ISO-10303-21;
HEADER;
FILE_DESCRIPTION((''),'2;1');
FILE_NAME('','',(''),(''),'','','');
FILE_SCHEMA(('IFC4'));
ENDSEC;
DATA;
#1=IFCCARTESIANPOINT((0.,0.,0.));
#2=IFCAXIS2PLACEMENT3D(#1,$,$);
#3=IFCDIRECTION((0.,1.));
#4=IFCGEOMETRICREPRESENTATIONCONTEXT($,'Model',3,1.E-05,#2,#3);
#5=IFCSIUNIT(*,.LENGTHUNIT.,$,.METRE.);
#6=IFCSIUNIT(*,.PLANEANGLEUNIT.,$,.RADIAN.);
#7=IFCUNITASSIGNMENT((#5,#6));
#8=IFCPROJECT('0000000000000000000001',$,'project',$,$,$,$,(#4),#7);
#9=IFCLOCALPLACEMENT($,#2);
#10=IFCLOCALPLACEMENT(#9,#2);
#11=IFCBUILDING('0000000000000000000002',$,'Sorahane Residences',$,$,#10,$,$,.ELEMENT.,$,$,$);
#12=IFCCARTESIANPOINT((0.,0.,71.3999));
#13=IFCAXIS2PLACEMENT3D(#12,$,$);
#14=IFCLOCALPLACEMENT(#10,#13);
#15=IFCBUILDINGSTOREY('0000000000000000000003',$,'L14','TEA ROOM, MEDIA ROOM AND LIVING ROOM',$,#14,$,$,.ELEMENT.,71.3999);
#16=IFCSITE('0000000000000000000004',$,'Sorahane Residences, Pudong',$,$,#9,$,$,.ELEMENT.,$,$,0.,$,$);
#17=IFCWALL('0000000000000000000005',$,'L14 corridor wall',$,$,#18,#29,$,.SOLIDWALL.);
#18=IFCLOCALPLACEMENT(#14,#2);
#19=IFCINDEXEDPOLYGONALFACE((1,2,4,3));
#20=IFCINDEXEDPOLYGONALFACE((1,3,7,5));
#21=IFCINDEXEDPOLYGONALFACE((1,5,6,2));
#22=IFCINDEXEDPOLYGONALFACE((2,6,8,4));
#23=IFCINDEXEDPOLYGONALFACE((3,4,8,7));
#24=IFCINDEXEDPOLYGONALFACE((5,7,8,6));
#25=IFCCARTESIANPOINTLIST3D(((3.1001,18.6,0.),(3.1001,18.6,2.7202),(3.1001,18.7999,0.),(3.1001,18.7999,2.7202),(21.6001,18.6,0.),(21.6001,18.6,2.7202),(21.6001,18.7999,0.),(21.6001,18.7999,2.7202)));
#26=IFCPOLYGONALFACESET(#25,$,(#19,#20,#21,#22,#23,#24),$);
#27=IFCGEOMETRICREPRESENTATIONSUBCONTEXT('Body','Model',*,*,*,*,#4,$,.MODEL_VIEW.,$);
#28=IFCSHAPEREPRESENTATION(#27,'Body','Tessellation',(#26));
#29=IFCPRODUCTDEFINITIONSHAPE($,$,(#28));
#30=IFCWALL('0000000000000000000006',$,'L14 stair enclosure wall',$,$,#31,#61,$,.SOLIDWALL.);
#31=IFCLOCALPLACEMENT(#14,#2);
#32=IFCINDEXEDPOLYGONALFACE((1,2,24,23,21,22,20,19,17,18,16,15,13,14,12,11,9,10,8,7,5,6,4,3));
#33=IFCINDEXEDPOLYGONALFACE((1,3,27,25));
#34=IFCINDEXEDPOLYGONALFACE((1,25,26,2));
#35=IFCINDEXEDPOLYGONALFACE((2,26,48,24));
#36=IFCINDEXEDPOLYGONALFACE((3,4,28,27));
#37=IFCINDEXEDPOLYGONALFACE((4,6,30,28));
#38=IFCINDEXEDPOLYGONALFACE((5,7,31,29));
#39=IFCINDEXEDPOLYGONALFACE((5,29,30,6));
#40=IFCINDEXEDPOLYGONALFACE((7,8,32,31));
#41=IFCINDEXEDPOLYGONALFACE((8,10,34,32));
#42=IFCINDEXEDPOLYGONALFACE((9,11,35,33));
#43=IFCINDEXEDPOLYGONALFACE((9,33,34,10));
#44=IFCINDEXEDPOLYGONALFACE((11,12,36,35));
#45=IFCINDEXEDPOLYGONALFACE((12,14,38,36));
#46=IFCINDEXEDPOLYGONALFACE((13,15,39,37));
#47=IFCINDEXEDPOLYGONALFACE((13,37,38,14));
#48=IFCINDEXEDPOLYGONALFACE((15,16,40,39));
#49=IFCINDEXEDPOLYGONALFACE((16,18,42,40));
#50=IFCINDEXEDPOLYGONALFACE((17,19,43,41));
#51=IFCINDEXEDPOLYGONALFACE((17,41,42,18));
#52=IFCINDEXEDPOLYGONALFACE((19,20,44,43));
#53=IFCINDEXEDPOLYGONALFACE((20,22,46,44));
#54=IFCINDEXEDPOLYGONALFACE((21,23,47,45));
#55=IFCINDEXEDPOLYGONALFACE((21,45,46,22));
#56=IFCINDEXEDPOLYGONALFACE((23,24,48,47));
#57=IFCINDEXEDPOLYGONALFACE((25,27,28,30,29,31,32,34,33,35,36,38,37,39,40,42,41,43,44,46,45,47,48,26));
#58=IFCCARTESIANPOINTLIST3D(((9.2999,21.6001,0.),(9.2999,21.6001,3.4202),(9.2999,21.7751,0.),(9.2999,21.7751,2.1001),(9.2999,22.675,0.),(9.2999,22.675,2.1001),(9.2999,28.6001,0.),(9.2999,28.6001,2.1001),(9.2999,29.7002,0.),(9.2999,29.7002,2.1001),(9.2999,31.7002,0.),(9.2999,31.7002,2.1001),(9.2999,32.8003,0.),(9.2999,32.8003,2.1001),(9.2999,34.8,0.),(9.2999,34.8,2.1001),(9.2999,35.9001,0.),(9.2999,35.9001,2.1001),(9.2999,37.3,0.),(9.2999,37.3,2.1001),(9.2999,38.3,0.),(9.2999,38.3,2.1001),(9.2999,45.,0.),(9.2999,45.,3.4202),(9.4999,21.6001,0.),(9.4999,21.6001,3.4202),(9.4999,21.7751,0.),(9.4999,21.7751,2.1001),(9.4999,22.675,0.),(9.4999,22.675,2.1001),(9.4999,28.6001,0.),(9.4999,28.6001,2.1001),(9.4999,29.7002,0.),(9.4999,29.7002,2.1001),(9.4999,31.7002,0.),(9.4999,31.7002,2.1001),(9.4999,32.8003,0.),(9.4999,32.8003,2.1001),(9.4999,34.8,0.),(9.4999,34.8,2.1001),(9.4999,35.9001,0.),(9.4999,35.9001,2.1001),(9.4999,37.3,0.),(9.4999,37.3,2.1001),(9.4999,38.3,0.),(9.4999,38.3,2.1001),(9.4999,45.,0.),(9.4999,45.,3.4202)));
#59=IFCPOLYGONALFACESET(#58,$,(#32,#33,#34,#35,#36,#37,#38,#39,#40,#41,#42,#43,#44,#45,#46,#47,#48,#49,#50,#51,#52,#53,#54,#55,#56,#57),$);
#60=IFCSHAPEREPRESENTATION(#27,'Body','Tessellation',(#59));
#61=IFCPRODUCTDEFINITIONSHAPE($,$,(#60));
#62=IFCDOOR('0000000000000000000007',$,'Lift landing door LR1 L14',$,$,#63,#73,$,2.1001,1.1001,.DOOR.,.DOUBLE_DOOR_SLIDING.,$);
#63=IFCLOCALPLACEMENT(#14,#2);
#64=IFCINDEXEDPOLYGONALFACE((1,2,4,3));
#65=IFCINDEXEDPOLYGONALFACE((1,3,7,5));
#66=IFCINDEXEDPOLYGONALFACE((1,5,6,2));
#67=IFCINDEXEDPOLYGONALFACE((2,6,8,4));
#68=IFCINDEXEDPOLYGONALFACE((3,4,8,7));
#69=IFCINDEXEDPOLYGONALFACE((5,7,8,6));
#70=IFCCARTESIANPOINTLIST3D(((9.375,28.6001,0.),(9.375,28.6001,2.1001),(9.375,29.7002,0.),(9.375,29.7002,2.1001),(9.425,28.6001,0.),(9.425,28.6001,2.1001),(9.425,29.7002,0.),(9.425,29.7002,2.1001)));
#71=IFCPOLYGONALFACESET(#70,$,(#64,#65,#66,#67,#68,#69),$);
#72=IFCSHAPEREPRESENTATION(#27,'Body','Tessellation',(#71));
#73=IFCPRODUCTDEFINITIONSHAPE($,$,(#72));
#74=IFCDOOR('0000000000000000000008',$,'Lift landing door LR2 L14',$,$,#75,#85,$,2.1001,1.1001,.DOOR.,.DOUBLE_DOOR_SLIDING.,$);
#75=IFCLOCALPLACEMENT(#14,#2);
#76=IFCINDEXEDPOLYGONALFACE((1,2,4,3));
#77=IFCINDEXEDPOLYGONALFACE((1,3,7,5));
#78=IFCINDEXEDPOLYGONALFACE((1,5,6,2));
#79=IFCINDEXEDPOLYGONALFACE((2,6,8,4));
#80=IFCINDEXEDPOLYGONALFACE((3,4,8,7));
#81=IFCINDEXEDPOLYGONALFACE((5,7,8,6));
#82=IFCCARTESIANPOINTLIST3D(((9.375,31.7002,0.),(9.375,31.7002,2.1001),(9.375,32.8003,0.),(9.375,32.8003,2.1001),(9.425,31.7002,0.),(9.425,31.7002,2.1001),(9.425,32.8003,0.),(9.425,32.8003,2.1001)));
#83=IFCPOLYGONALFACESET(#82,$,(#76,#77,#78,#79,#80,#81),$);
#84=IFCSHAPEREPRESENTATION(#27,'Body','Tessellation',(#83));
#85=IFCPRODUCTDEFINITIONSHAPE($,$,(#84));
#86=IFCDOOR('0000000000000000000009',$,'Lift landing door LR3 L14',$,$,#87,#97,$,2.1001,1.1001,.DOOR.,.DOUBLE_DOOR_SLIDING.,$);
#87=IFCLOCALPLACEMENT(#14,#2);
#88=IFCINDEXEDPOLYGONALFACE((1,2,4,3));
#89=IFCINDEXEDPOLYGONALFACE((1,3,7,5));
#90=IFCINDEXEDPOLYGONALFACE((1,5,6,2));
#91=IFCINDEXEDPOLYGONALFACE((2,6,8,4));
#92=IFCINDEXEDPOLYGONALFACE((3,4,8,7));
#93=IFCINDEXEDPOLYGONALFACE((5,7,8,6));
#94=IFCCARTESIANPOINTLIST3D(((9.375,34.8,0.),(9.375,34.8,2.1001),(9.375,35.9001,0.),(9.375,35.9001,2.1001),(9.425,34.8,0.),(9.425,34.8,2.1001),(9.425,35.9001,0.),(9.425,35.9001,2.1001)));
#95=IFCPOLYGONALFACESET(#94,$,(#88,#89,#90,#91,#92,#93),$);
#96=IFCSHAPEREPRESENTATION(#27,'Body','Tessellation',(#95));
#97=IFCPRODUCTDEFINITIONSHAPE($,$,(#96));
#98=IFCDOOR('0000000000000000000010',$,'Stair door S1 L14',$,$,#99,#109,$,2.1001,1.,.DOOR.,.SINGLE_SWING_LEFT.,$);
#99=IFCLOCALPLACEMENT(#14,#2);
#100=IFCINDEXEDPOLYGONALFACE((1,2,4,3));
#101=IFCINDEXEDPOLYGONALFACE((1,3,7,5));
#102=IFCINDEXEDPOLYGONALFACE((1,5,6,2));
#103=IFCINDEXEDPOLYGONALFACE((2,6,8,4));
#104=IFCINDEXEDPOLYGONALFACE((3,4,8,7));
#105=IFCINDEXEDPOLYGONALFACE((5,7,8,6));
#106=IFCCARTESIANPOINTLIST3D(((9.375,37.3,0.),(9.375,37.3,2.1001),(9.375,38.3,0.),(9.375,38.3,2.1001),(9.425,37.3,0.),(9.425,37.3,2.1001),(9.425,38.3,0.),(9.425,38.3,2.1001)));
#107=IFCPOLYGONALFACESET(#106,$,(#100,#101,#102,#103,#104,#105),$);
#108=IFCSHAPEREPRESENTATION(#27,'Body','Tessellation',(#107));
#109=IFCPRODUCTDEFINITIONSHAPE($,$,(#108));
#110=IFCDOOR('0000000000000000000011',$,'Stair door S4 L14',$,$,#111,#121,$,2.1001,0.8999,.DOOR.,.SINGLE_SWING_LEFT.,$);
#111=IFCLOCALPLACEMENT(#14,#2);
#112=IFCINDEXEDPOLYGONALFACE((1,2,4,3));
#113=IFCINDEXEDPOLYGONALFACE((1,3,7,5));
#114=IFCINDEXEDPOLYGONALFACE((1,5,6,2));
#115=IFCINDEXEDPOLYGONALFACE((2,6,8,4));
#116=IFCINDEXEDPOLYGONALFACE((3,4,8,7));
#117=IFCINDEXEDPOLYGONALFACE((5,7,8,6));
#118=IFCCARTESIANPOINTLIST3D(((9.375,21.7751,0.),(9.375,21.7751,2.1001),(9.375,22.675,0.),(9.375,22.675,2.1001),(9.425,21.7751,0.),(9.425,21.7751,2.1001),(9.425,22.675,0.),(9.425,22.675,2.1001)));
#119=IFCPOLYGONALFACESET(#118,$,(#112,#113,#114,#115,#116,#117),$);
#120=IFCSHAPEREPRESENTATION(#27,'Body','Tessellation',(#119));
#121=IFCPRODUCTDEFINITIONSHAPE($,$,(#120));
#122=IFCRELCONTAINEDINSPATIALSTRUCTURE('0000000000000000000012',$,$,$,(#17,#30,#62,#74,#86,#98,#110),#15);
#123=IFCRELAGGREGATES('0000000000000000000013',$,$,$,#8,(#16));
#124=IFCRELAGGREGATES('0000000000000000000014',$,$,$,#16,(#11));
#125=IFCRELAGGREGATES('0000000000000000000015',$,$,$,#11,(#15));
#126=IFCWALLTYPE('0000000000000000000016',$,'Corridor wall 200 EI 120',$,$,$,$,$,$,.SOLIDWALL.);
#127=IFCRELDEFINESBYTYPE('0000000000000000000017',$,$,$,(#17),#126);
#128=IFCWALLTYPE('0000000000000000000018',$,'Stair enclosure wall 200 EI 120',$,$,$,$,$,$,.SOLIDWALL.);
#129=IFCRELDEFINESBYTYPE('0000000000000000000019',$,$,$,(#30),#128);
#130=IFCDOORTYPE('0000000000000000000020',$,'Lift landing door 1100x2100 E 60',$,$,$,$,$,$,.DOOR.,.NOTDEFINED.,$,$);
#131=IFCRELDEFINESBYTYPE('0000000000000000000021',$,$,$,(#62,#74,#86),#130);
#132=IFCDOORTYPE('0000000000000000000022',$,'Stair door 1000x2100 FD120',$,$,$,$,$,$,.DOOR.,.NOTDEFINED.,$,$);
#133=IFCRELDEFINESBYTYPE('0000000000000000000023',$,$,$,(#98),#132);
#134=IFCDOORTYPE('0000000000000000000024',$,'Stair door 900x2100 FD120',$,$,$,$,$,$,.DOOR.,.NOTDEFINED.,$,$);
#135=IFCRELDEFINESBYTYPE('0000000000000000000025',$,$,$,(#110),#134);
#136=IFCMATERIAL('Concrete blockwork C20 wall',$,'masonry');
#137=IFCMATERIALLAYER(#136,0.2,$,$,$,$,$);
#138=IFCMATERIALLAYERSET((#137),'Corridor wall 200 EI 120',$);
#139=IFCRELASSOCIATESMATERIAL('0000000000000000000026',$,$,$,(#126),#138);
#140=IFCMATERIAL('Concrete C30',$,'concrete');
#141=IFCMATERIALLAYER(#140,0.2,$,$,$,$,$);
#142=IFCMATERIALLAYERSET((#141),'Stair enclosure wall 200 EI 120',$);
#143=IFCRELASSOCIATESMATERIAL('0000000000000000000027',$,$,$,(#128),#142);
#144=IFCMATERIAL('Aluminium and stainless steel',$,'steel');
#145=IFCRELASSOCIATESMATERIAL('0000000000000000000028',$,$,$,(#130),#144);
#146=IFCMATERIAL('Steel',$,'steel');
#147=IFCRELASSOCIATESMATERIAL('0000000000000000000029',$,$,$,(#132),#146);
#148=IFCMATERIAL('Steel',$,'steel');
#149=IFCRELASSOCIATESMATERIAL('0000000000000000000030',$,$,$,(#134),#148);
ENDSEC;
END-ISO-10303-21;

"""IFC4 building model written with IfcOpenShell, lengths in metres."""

from ifc_helpers import new_model, si_unit, direction, frame, frame_2d, origin, place, context, subcontext, project, spatial, rectangle, extrude, material, layer, layer_set, type_object, element, fill, save


model = new_model("IFC4")

# Units and contexts
model_context = context("Model", 3, precision=1e-05, world=origin(), true_north=direction((0.0, 1.0)))
body_context = subcontext(model_context, "Body", "Model", "MODEL_VIEW")
ifc_project = project(units=[si_unit("LENGTHUNIT", "METRE"), si_unit("PLANEANGLEUNIT", "RADIAN")], contexts=[model_context])

# Site, building, storey
site_placement = place(None, origin())
site = spatial("IfcSite", under=ifc_project, at=site_placement, Name="Sorahane Residences, Pudong", CompositionType="ELEMENT", RefElevation=0.0)
building_placement = place(site_placement, origin())
building = spatial("IfcBuilding", under=site, at=building_placement, Name="Sorahane Residences", CompositionType="ELEMENT")
storey_placement = place(building_placement, frame((0.0, 0.0, 71.3999)))
storey = spatial("IfcBuildingStorey", under=building, at=storey_placement, Name="L14", Description="TEA ROOM, MEDIA ROOM AND LIVING ROOM", CompositionType="ELEMENT", Elevation=71.3999)

# Wall
ifc_material_1 = material(Name="Concrete blockwork C20 wall", Category="masonry")
ifc_layer_1 = layer(ifc_material_1, 0.2)
ifc_layer_set_1 = layer_set([ifc_layer_1], Name="Corridor wall 200 EI 120")
wall_type_1 = type_object("IfcWallType", Name="Corridor wall 200 EI 120", PredefinedType="SOLIDWALL", material=ifc_layer_set_1)
wall_1_placement = place(storey_placement, frame((3.1001, 18.7, 0.0), z_axis=(0.0, 0.0, 1.0), x_axis=(1.0, 0.0, 0.0)))
element("IfcWall", 1, at=wall_1_placement, inside=storey, type_object=wall_type_1, Name="L14 corridor wall", PredefinedType="SOLIDWALL", context=body_context, shape_type="SweptSolid", body=[
    extrude(rectangle(XDim=18.5, YDim=0.2, at=frame_2d((9.25, 0.0))), origin(), (0.0, 0.0, 1.0), 2.7202),
])

# Wall, openings, doors
ifc_material_2 = material(Name="Concrete C30", Category="concrete")
ifc_layer_2 = layer(ifc_material_2, 0.2)
ifc_layer_set_2 = layer_set([ifc_layer_2], Name="Stair enclosure wall 200 EI 120")
wall_type_2 = type_object("IfcWallType", Name="Stair enclosure wall 200 EI 120", PredefinedType="SOLIDWALL", material=ifc_layer_set_2)
wall_2_placement = place(storey_placement, frame((9.3999, 21.6001, 0.0), z_axis=(0.0, 0.0, 1.0), x_axis=(0.0, 1.0, 0.0)))
wall_2 = element("IfcWall", 2, at=wall_2_placement, inside=storey, type_object=wall_type_2, Name="L14 stair enclosure wall", PredefinedType="SOLIDWALL", context=body_context, shape_type="SweptSolid", body=[
    extrude(rectangle(XDim=23.3999, YDim=0.2, at=frame_2d((11.7, 0.0))), origin(), (0.0, 0.0, 1.0), 3.4202),
])
opening_1_placement = place(wall_2_placement, frame((7.0, 0.0, 0.0)))
opening_1 = element("IfcOpeningElement", 3, at=opening_1_placement, cuts=wall_2, PredefinedType="OPENING", context=body_context, shape_type="SweptSolid", body=[
    extrude(rectangle(XDim=1.1001, YDim=2.1001, at=frame_2d((0.55, 1.05))), frame((0.0, 0.1099, 0.0), z_axis=(0.0, -1.0, 0.0), x_axis=(1.0, 0.0, 0.0)), (0.0, 0.0, 1.0), 0.22),
])
opening_2_placement = place(wall_2_placement, frame((10.1001, 0.0, 0.0)))
opening_2 = element("IfcOpeningElement", 4, at=opening_2_placement, cuts=wall_2, PredefinedType="OPENING", context=body_context, shape_type="SweptSolid", body=[
    extrude(rectangle(XDim=1.1001, YDim=2.1001, at=frame_2d((0.55, 1.05))), frame((0.0, 0.1099, 0.0), z_axis=(0.0, -1.0, 0.0), x_axis=(1.0, 0.0, 0.0)), (0.0, 0.0, 1.0), 0.22),
])
opening_3_placement = place(wall_2_placement, frame((13.2, 0.0, 0.0)))
opening_3 = element("IfcOpeningElement", 5, at=opening_3_placement, cuts=wall_2, PredefinedType="OPENING", context=body_context, shape_type="SweptSolid", body=[
    extrude(rectangle(XDim=1.1001, YDim=2.1001, at=frame_2d((0.55, 1.05))), frame((0.0, 0.1099, 0.0), z_axis=(0.0, -1.0, 0.0), x_axis=(1.0, 0.0, 0.0)), (0.0, 0.0, 1.0), 0.22),
])
opening_4_placement = place(wall_2_placement, frame((15.7, 0.0, 0.0)))
opening_4 = element("IfcOpeningElement", 6, at=opening_4_placement, cuts=wall_2, PredefinedType="OPENING", context=body_context, shape_type="SweptSolid", body=[
    extrude(rectangle(XDim=1.0, YDim=2.1001, at=frame_2d((0.5, 1.05))), frame((0.0, 0.1099, 0.0), z_axis=(0.0, -1.0, 0.0), x_axis=(1.0, 0.0, 0.0)), (0.0, 0.0, 1.0), 0.22),
])
opening_5_placement = place(wall_2_placement, frame((0.175, 0.0, 0.0)))
opening_5 = element("IfcOpeningElement", 7, at=opening_5_placement, cuts=wall_2, PredefinedType="OPENING", context=body_context, shape_type="SweptSolid", body=[
    extrude(rectangle(XDim=0.8999, YDim=2.1001, at=frame_2d((0.45, 1.05))), frame((0.0, 0.1099, 0.0), z_axis=(0.0, -1.0, 0.0), x_axis=(1.0, 0.0, 0.0)), (0.0, 0.0, 1.0), 0.22),
])
ifc_material_3 = material(Name="Aluminium and stainless steel", Category="steel")
door_type_1 = type_object("IfcDoorType", Name="Lift landing door 1100x2100 E 60", OperationType="NOTDEFINED", PredefinedType="DOOR", material=ifc_material_3)
door_1_placement = place(opening_1_placement, origin())
door_1 = element("IfcDoor", 8, at=door_1_placement, inside=storey, type_object=door_type_1, Name="Lift landing door LR1 L14", OperationType="DOUBLE_DOOR_SLIDING", OverallHeight=2.1001, OverallWidth=1.1001, PredefinedType="DOOR", context=body_context, shape_type="SweptSolid", body=[
    extrude(rectangle(XDim=1.1001, YDim=2.1001, at=frame_2d((0.55, 1.05))), frame((0.0, 0.0249, 0.0), z_axis=(0.0, -1.0, 0.0), x_axis=(1.0, 0.0, 0.0)), (0.0, 0.0, 1.0), 0.05),
])
fill(opening_1, door_1)
door_2_placement = place(opening_2_placement, origin())
door_2 = element("IfcDoor", 9, at=door_2_placement, inside=storey, type_object=door_type_1, Name="Lift landing door LR2 L14", OperationType="DOUBLE_DOOR_SLIDING", OverallHeight=2.1001, OverallWidth=1.1001, PredefinedType="DOOR", context=body_context, shape_type="SweptSolid", body=[
    extrude(rectangle(XDim=1.1001, YDim=2.1001, at=frame_2d((0.55, 1.05))), frame((0.0, 0.0249, 0.0), z_axis=(0.0, -1.0, 0.0), x_axis=(1.0, 0.0, 0.0)), (0.0, 0.0, 1.0), 0.05),
])
fill(opening_2, door_2)
door_3_placement = place(opening_3_placement, origin())
door_3 = element("IfcDoor", 10, at=door_3_placement, inside=storey, type_object=door_type_1, Name="Lift landing door LR3 L14", OperationType="DOUBLE_DOOR_SLIDING", OverallHeight=2.1001, OverallWidth=1.1001, PredefinedType="DOOR", context=body_context, shape_type="SweptSolid", body=[
    extrude(rectangle(XDim=1.1001, YDim=2.1001, at=frame_2d((0.55, 1.05))), frame((0.0, 0.0249, 0.0), z_axis=(0.0, -1.0, 0.0), x_axis=(1.0, 0.0, 0.0)), (0.0, 0.0, 1.0), 0.05),
])
fill(opening_3, door_3)
ifc_material_4 = material(Name="Steel", Category="steel")
door_type_2 = type_object("IfcDoorType", Name="Stair door 1000x2100 FD120", OperationType="NOTDEFINED", PredefinedType="DOOR", material=ifc_material_4)
door_4_placement = place(opening_4_placement, origin())
door_4 = element("IfcDoor", 11, at=door_4_placement, inside=storey, type_object=door_type_2, Name="Stair door S1 L14", OperationType="SINGLE_SWING_LEFT", OverallHeight=2.1001, OverallWidth=1.0, PredefinedType="DOOR", context=body_context, shape_type="SweptSolid", body=[
    extrude(rectangle(XDim=1.0, YDim=2.1001, at=frame_2d((0.5, 1.05))), frame((0.0, 0.0249, 0.0), z_axis=(0.0, -1.0, 0.0), x_axis=(1.0, 0.0, 0.0)), (0.0, 0.0, 1.0), 0.05),
])
fill(opening_4, door_4)
ifc_material_5 = material(Name="Steel", Category="steel")
door_type_3 = type_object("IfcDoorType", Name="Stair door 900x2100 FD120", OperationType="NOTDEFINED", PredefinedType="DOOR", material=ifc_material_5)
door_5_placement = place(opening_5_placement, origin())
door_5 = element("IfcDoor", 12, at=door_5_placement, inside=storey, type_object=door_type_3, Name="Stair door S4 L14", OperationType="SINGLE_SWING_LEFT", OverallHeight=2.1001, OverallWidth=0.8999, PredefinedType="DOOR", context=body_context, shape_type="SweptSolid", body=[
    extrude(rectangle(XDim=0.8999, YDim=2.1001, at=frame_2d((0.45, 1.05))), frame((0.0, 0.0249, 0.0), z_axis=(0.0, -1.0, 0.0), x_axis=(1.0, 0.0, 0.0)), (0.0, 0.0, 1.0), 0.05),
])
fill(opening_5, door_5)

save(model, "model.ifc")
